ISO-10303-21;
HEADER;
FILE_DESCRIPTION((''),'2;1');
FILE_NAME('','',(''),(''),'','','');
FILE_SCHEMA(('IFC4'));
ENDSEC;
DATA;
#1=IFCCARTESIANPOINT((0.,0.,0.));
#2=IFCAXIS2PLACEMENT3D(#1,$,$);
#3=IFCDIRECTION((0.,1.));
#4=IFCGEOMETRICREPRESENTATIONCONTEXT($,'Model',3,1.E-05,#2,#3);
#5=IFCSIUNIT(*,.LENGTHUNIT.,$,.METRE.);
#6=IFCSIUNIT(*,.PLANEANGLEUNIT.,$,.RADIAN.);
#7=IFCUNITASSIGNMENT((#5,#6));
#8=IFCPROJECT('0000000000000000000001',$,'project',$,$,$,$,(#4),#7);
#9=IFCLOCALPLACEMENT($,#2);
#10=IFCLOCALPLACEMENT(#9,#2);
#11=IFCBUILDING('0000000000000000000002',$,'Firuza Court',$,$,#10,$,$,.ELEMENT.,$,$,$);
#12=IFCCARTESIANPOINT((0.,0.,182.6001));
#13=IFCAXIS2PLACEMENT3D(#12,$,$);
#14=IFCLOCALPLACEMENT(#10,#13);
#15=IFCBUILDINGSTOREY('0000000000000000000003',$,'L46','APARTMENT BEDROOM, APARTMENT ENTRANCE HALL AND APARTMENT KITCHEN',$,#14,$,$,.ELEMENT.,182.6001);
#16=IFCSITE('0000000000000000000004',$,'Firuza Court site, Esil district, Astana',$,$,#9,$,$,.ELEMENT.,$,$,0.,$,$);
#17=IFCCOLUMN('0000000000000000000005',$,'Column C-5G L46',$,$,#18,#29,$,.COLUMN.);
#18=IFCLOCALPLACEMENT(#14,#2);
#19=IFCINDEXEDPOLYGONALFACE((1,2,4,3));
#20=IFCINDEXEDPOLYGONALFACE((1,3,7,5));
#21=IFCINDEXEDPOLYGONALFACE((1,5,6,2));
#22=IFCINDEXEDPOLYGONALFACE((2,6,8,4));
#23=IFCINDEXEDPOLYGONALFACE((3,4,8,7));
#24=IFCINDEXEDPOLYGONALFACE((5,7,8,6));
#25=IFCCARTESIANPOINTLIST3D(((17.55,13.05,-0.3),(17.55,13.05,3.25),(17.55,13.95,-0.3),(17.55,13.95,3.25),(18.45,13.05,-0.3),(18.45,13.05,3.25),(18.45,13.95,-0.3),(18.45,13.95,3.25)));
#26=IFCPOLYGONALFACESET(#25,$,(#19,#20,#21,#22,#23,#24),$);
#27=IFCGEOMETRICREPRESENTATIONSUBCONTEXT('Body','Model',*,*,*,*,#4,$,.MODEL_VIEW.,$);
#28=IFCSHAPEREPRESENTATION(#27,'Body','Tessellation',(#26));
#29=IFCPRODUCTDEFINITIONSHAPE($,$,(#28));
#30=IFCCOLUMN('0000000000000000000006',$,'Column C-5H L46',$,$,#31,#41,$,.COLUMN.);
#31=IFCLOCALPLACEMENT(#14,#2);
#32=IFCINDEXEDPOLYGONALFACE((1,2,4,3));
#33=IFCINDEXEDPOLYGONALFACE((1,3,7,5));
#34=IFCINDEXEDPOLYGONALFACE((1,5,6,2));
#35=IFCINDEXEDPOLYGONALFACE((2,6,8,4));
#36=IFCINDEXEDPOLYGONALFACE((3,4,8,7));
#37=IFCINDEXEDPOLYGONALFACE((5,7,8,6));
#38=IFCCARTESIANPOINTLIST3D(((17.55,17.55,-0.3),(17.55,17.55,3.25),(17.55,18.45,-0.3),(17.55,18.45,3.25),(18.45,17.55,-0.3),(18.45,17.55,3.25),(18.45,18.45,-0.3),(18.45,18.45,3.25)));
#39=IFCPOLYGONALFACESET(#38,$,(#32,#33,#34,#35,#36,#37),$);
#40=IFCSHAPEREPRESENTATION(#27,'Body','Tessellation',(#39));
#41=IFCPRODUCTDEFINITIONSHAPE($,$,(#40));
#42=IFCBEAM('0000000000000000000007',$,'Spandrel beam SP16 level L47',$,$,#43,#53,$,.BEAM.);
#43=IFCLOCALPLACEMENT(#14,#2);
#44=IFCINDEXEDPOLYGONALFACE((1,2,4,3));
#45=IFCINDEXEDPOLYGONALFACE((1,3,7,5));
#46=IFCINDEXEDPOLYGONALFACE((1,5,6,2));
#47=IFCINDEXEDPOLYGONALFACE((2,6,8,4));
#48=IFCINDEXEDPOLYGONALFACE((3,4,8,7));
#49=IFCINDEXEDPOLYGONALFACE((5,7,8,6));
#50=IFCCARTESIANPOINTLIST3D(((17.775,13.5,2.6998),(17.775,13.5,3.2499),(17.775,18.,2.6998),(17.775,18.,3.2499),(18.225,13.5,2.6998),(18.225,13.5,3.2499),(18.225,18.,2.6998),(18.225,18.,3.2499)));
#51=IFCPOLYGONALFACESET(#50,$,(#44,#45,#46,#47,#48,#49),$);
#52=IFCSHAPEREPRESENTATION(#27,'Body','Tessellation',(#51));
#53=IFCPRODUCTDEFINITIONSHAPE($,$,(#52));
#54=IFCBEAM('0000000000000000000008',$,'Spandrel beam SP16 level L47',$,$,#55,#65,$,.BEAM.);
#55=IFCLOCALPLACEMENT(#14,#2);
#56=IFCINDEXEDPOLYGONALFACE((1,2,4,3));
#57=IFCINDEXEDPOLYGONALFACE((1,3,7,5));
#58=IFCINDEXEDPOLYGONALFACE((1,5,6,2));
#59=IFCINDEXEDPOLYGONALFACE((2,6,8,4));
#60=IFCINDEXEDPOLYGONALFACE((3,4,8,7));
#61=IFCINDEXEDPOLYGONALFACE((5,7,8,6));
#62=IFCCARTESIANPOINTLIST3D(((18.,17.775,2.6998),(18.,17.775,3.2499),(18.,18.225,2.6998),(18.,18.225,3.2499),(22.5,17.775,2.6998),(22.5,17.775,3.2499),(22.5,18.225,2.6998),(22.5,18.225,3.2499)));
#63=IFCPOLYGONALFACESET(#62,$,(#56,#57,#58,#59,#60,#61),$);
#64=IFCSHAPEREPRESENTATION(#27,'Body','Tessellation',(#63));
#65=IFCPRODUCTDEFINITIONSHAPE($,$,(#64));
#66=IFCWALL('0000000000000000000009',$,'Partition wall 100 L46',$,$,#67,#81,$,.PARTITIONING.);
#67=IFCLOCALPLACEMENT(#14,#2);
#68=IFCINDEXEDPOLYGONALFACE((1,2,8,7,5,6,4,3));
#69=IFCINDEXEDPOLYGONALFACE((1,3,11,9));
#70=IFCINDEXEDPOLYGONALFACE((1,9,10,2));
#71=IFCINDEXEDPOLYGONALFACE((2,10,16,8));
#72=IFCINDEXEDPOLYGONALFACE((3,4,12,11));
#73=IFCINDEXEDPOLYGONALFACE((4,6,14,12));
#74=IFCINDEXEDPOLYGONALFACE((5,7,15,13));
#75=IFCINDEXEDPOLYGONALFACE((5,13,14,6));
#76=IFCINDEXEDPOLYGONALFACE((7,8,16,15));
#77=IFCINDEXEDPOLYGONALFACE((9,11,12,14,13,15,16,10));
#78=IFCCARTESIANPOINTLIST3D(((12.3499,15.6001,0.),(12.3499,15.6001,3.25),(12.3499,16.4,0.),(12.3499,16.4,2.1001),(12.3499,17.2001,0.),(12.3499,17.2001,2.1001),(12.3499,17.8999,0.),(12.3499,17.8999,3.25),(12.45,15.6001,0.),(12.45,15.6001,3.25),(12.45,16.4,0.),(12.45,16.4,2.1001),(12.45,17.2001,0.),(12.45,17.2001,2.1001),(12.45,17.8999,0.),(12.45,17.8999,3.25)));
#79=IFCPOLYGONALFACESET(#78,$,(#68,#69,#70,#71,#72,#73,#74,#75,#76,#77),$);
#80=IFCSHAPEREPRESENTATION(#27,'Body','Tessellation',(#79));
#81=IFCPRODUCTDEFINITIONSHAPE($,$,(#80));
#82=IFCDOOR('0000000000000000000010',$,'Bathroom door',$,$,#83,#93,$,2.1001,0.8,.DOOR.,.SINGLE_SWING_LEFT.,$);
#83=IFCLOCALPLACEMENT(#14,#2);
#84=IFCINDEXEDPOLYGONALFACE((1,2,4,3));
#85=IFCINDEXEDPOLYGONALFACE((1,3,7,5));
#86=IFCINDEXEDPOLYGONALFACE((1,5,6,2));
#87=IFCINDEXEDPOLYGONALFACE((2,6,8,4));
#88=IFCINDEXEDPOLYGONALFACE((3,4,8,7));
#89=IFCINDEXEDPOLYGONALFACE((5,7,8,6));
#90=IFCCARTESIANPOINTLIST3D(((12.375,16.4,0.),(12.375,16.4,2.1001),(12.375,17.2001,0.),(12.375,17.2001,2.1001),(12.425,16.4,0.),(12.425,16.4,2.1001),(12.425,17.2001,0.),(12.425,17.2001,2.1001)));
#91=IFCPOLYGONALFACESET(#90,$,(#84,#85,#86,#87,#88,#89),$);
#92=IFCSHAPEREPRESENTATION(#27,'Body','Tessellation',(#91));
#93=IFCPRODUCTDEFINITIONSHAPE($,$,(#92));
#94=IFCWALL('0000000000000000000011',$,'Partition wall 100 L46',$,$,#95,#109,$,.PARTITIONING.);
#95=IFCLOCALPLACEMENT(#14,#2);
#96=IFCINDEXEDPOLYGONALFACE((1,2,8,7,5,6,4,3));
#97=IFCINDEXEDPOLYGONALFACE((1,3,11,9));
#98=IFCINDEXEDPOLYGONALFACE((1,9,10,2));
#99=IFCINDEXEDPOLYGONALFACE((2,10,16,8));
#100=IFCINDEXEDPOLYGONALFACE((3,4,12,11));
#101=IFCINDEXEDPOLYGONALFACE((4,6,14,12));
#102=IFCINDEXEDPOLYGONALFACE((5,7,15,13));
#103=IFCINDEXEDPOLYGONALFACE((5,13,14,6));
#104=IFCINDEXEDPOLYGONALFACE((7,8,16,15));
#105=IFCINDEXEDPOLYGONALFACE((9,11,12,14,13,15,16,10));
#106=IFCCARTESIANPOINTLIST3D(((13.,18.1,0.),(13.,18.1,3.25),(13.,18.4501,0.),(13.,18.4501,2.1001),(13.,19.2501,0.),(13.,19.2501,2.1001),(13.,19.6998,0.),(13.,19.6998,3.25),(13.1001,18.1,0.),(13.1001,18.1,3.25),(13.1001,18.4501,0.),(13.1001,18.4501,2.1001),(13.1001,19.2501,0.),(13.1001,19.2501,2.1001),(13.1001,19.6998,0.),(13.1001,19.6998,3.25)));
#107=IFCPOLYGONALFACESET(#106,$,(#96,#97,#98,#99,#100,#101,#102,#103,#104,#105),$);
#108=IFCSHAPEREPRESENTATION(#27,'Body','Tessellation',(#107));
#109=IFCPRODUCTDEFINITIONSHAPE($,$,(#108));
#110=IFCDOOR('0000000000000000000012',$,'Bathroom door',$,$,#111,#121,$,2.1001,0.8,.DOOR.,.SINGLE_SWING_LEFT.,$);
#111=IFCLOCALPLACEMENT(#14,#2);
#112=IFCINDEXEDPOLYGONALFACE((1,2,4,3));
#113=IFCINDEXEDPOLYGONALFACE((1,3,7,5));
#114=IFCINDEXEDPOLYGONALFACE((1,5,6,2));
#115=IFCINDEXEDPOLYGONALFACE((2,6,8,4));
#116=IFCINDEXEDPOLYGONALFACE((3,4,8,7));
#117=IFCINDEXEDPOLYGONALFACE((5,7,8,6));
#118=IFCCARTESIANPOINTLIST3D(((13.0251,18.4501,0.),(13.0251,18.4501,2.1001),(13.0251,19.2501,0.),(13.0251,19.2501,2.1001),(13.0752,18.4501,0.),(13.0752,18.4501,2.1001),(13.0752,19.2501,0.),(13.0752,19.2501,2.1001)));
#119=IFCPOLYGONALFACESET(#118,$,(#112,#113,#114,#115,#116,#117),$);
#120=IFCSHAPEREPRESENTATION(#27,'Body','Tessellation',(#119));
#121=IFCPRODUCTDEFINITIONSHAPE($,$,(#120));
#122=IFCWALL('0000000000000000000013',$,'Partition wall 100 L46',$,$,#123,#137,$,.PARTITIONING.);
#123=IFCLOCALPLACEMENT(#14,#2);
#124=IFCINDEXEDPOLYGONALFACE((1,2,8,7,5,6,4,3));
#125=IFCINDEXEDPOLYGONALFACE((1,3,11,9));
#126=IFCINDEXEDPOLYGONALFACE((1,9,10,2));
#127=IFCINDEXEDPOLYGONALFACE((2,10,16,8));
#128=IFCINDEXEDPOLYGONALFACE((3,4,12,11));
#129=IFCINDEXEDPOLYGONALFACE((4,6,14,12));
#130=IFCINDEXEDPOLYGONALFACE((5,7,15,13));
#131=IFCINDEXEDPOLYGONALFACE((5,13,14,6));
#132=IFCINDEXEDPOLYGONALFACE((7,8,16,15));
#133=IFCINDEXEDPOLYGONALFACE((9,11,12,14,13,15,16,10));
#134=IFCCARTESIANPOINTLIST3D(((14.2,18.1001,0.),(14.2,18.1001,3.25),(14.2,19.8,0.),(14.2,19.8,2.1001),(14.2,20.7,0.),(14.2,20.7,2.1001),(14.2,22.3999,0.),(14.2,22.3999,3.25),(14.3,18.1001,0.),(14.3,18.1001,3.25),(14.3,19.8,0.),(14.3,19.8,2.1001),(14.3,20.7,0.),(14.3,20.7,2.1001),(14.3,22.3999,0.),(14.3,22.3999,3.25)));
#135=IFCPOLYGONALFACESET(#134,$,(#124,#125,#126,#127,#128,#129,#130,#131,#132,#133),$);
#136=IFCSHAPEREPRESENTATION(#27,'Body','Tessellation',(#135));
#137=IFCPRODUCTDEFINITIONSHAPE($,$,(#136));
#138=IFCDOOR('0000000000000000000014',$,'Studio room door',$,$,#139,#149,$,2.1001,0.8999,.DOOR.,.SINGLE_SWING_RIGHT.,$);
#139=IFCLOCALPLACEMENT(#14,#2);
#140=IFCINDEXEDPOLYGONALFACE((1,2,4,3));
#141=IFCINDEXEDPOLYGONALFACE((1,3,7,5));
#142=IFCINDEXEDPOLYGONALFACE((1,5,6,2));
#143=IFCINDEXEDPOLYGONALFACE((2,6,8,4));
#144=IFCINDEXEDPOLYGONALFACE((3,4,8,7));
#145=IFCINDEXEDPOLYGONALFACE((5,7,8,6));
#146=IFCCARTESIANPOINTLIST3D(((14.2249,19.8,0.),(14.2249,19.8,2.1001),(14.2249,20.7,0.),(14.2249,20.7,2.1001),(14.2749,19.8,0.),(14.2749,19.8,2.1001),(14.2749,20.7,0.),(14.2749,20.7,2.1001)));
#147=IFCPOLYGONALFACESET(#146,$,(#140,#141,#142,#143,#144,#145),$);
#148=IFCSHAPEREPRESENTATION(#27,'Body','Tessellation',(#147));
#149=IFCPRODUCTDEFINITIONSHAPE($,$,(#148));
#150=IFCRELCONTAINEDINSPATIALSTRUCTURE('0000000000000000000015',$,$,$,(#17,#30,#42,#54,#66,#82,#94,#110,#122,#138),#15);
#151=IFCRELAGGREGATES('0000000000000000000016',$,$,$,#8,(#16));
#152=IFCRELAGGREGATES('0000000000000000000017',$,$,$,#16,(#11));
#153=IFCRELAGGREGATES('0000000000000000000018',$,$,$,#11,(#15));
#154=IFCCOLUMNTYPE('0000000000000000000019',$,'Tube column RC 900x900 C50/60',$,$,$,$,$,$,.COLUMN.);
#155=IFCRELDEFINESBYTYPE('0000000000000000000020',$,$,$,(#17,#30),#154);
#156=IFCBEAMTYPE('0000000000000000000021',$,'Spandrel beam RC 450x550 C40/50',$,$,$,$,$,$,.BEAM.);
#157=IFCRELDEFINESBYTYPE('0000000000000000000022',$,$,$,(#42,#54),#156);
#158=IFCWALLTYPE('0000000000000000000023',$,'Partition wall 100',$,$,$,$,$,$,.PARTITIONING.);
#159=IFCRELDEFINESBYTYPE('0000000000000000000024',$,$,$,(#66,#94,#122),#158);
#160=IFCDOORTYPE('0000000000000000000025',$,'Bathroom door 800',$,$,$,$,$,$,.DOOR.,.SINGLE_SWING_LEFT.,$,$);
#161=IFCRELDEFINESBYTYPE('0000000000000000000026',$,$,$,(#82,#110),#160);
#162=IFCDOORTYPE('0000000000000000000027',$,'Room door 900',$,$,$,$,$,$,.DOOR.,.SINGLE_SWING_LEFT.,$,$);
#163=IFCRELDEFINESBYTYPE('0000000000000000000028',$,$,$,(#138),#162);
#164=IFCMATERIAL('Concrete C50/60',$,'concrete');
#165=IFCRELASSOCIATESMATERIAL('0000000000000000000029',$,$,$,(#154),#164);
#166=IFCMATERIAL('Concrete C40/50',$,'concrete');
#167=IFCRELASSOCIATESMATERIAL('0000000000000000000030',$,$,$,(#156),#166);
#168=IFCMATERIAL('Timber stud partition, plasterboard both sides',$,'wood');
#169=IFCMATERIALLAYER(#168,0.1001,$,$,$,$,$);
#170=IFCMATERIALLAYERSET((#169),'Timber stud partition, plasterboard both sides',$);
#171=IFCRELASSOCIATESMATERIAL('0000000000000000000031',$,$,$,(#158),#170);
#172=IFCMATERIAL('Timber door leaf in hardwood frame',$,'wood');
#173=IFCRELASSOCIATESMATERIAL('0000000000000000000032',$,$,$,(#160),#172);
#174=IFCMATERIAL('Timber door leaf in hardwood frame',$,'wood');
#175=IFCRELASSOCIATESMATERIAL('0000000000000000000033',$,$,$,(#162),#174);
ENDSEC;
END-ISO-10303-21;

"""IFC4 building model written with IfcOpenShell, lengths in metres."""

from ifc_helpers import new_model, si_unit, direction, frame, frame_2d, origin, origin_2d, place, context, subcontext, project, spatial, rectangle, extrude, material, layer, layer_set, material_profile, profile_set, type_object, element, fill, save


model = new_model("IFC4")

# Units and contexts
model_context = context("Model", 3, precision=1e-05, world=origin(), true_north=direction((0.0, 1.0)))
body_context = subcontext(model_context, "Body", "Model", "MODEL_VIEW")
ifc_project = project(units=[si_unit("LENGTHUNIT", "METRE"), si_unit("PLANEANGLEUNIT", "RADIAN")], contexts=[model_context])

# Site, building, storey
site_placement = place(None, origin())
site = spatial("IfcSite", under=ifc_project, at=site_placement, Name="Firuza Court site, Esil district, Astana", CompositionType="ELEMENT", RefElevation=0.0)
building_placement = place(site_placement, origin())
building = spatial("IfcBuilding", under=site, at=building_placement, Name="Firuza Court", CompositionType="ELEMENT")
storey_placement = place(building_placement, frame((0.0, 0.0, 182.6001)))
storey = spatial("IfcBuildingStorey", under=building, at=storey_placement, Name="L46", Description="APARTMENT BEDROOM, APARTMENT ENTRANCE HALL AND APARTMENT KITCHEN", CompositionType="ELEMENT", Elevation=182.6001)

# Columns
ifc_material_1 = material(Name="Concrete C50/60", Category="concrete")
ifc_material_profile_1 = material_profile(ifc_material_1, rectangle(XDim=0.8999, YDim=0.8999, at=origin_2d()), Name="RC 900x900")
ifc_profile_set_1 = profile_set([ifc_material_profile_1], Name="Concrete C50/60")
column_type = type_object("IfcColumnType", Name="Tube column RC 900x900 C50/60", PredefinedType="COLUMN", material=ifc_profile_set_1)
for number, where, z_axis, x_axis, name in (
    (1, (18.0, 13.5, -0.3), (0.0, 0.0, 1.0), (1.0, 0.0, 0.0), "Column C-5G L46"),
    (2, (18.0, 18.0, -0.3), (0.0, 0.0, 1.0), (1.0, 0.0, 0.0), "Column C-5H L46"),
):
    element("IfcColumn", number, at=place(storey_placement, frame(where, z_axis=z_axis, x_axis=x_axis)), inside=storey, type_object=column_type, Name=name, PredefinedType="COLUMN", context=body_context, shape_type="SweptSolid", body=[
        extrude(rectangle(XDim=0.8999, YDim=0.8999, at=origin_2d()), origin(), (0.0, 0.0, 1.0), 3.55),
    ])

# Beams
ifc_material_2 = material(Name="Concrete C40/50", Category="concrete")
ifc_material_profile_2 = material_profile(ifc_material_2, rectangle(XDim=0.45, YDim=0.55, at=origin_2d()), Name="RC 450x550")
ifc_profile_set_2 = profile_set([ifc_material_profile_2], Name="Concrete C40/50")
beam_type = type_object("IfcBeamType", Name="Spandrel beam RC 450x550 C40/50", PredefinedType="BEAM", material=ifc_profile_set_2)
for number, where, z_axis, x_axis, name in (
    (3, (18.0, 13.5, 2.9749), (0.0, 1.0, 0.0), (-1.0, 0.0, 0.0), "Spandrel beam SP16 level L47"),
    (4, (18.0, 18.0, 2.9749), (1.0, 0.0, 0.0), (0.0, 1.0, 0.0), "Spandrel beam SP16 level L47"),
):
    element("IfcBeam", number, at=place(storey_placement, frame(where, z_axis=z_axis, x_axis=x_axis)), inside=storey, type_object=beam_type, Name=name, PredefinedType="BEAM", context=body_context, shape_type="SweptSolid", body=[
        extrude(rectangle(XDim=0.45, YDim=0.55, at=origin_2d()), origin(), (0.0, 0.0, 1.0), 4.5),
    ])

# Walls, openings, doors
ifc_material_3 = material(Name="Timber stud partition, plasterboard both sides", Category="wood")
ifc_layer_1 = layer(ifc_material_3, 0.1001)
ifc_layer_set_1 = layer_set([ifc_layer_1], Name="Timber stud partition, plasterboard both sides")
wall_type_1 = type_object("IfcWallType", Name="Partition wall 100", PredefinedType="PARTITIONING", material=ifc_layer_set_1)
wall_1_placement = place(storey_placement, frame((12.3999, 15.6001, 0.0), z_axis=(0.0, 0.0, 1.0), x_axis=(0.0, 1.0, 0.0)))
wall_1 = element("IfcWall", 5, at=wall_1_placement, inside=storey, type_object=wall_type_1, Name="Partition wall 100 L46", PredefinedType="PARTITIONING", context=body_context, shape_type="SweptSolid", body=[
    extrude(rectangle(XDim=2.2998, YDim=0.1001, at=frame_2d((1.1499, 0.0))), origin(), (0.0, 0.0, 1.0), 3.25),
])
opening_1_placement = place(wall_1_placement, frame((0.8, 0.0, 0.0)))
opening_1 = element("IfcOpeningElement", 6, at=opening_1_placement, cuts=wall_1, PredefinedType="OPENING", context=body_context, shape_type="SweptSolid", body=[
    extrude(rectangle(XDim=0.8, YDim=2.1001, at=frame_2d((0.3999, 1.05))), frame((0.0, 0.062, 0.0), z_axis=(0.0, -1.0, 0.0), x_axis=(1.0, 0.0, 0.0)), (0.0, 0.0, 1.0), 0.124),
])
ifc_material_4 = material(Name="Timber door leaf in hardwood frame", Category="wood")
door_type_1 = type_object("IfcDoorType", Name="Bathroom door 800", OperationType="SINGLE_SWING_LEFT", PredefinedType="DOOR", material=ifc_material_4)
door_1_placement = place(opening_1_placement, origin())
door_1 = element("IfcDoor", 7, at=door_1_placement, inside=storey, type_object=door_type_1, Name="Bathroom door", OperationType="SINGLE_SWING_LEFT", OverallHeight=2.1001, OverallWidth=0.8, PredefinedType="DOOR", context=body_context, shape_type="SweptSolid", body=[
    extrude(rectangle(XDim=0.8, YDim=2.1001, at=frame_2d((0.3999, 1.05))), frame((0.0, 0.0249, 0.0), z_axis=(0.0, -1.0, 0.0), x_axis=(1.0, 0.0, 0.0)), (0.0, 0.0, 1.0), 0.05),
])
fill(opening_1, door_1)
wall_2_placement = place(storey_placement, frame((13.05, 18.1001, 0.0), z_axis=(0.0, 0.0, 1.0), x_axis=(0.0, 1.0, 0.0)))
wall_2 = element("IfcWall", 8, at=wall_2_placement, inside=storey, type_object=wall_type_1, Name="Partition wall 100 L46", PredefinedType="PARTITIONING", context=body_context, shape_type="SweptSolid", body=[
    extrude(rectangle(XDim=1.5999, YDim=0.1001, at=frame_2d((0.7998, 0.0))), origin(), (0.0, 0.0, 1.0), 3.25),
])
opening_2_placement = place(wall_2_placement, frame((0.3501, 0.0, 0.0)))
opening_2 = element("IfcOpeningElement", 9, at=opening_2_placement, cuts=wall_2, PredefinedType="OPENING", context=body_context, shape_type="SweptSolid", body=[
    extrude(rectangle(XDim=0.8, YDim=2.1001, at=frame_2d((0.3999, 1.05))), frame((0.0, 0.062, 0.0), z_axis=(0.0, -1.0, 0.0), x_axis=(1.0, 0.0, 0.0)), (0.0, 0.0, 1.0), 0.124),
])
door_2_placement = place(opening_2_placement, origin())
door_2 = element("IfcDoor", 10, at=door_2_placement, inside=storey, type_object=door_type_1, Name="Bathroom door", OperationType="SINGLE_SWING_LEFT", OverallHeight=2.1001, OverallWidth=0.8, PredefinedType="DOOR", context=body_context, shape_type="SweptSolid", body=[
    extrude(rectangle(XDim=0.8, YDim=2.1001, at=frame_2d((0.3999, 1.05))), frame((0.0, 0.0249, 0.0), z_axis=(0.0, -1.0, 0.0), x_axis=(1.0, 0.0, 0.0)), (0.0, 0.0, 1.0), 0.05),
])
fill(opening_2, door_2)
wall_3_placement = place(storey_placement, frame((14.25, 18.1001, 0.0), z_axis=(0.0, 0.0, 1.0), x_axis=(0.0, 1.0, 0.0)))
wall_3 = element("IfcWall", 11, at=wall_3_placement, inside=storey, type_object=wall_type_1, Name="Partition wall 100 L46", PredefinedType="PARTITIONING", context=body_context, shape_type="SweptSolid", body=[
    extrude(rectangle(XDim=4.2998, YDim=0.1001, at=frame_2d((2.1499, 0.0))), origin(), (0.0, 0.0, 1.0), 3.25),
])
opening_3_placement = place(wall_3_placement, frame((1.7, 0.0, 0.0)))
opening_3 = element("IfcOpeningElement", 12, at=opening_3_placement, cuts=wall_3, PredefinedType="OPENING", context=body_context, shape_type="SweptSolid", body=[
    extrude(rectangle(XDim=0.8999, YDim=2.1001, at=frame_2d((0.45, 1.05))), frame((0.0, 0.062, 0.0), z_axis=(0.0, -1.0, 0.0), x_axis=(1.0, 0.0, 0.0)), (0.0, 0.0, 1.0), 0.124),
])
ifc_material_5 = material(Name="Timber door leaf in hardwood frame", Category="wood")
door_type_2 = type_object("IfcDoorType", Name="Room door 900", OperationType="SINGLE_SWING_LEFT", PredefinedType="DOOR", material=ifc_material_5)
door_3_placement = place(opening_3_placement, frame((0.8999, 0.0, 0.0), z_axis=(0.0, 0.0, 1.0), x_axis=(-1.0, 0.0, 0.0)))
door_3 = element("IfcDoor", 13, at=door_3_placement, inside=storey, type_object=door_type_2, Name="Studio room door", OperationType="SINGLE_SWING_RIGHT", OverallHeight=2.1001, OverallWidth=0.8999, PredefinedType="DOOR", context=body_context, shape_type="SweptSolid", body=[
    extrude(rectangle(XDim=0.8999, YDim=2.1001, at=frame_2d((0.45, 1.05))), frame((0.0, 0.0249, 0.0), z_axis=(0.0, -1.0, 0.0), x_axis=(1.0, 0.0, 0.0)), (0.0, 0.0, 1.0), 0.05),
])
fill(opening_3, door_3)

save(model, "model.ifc")
